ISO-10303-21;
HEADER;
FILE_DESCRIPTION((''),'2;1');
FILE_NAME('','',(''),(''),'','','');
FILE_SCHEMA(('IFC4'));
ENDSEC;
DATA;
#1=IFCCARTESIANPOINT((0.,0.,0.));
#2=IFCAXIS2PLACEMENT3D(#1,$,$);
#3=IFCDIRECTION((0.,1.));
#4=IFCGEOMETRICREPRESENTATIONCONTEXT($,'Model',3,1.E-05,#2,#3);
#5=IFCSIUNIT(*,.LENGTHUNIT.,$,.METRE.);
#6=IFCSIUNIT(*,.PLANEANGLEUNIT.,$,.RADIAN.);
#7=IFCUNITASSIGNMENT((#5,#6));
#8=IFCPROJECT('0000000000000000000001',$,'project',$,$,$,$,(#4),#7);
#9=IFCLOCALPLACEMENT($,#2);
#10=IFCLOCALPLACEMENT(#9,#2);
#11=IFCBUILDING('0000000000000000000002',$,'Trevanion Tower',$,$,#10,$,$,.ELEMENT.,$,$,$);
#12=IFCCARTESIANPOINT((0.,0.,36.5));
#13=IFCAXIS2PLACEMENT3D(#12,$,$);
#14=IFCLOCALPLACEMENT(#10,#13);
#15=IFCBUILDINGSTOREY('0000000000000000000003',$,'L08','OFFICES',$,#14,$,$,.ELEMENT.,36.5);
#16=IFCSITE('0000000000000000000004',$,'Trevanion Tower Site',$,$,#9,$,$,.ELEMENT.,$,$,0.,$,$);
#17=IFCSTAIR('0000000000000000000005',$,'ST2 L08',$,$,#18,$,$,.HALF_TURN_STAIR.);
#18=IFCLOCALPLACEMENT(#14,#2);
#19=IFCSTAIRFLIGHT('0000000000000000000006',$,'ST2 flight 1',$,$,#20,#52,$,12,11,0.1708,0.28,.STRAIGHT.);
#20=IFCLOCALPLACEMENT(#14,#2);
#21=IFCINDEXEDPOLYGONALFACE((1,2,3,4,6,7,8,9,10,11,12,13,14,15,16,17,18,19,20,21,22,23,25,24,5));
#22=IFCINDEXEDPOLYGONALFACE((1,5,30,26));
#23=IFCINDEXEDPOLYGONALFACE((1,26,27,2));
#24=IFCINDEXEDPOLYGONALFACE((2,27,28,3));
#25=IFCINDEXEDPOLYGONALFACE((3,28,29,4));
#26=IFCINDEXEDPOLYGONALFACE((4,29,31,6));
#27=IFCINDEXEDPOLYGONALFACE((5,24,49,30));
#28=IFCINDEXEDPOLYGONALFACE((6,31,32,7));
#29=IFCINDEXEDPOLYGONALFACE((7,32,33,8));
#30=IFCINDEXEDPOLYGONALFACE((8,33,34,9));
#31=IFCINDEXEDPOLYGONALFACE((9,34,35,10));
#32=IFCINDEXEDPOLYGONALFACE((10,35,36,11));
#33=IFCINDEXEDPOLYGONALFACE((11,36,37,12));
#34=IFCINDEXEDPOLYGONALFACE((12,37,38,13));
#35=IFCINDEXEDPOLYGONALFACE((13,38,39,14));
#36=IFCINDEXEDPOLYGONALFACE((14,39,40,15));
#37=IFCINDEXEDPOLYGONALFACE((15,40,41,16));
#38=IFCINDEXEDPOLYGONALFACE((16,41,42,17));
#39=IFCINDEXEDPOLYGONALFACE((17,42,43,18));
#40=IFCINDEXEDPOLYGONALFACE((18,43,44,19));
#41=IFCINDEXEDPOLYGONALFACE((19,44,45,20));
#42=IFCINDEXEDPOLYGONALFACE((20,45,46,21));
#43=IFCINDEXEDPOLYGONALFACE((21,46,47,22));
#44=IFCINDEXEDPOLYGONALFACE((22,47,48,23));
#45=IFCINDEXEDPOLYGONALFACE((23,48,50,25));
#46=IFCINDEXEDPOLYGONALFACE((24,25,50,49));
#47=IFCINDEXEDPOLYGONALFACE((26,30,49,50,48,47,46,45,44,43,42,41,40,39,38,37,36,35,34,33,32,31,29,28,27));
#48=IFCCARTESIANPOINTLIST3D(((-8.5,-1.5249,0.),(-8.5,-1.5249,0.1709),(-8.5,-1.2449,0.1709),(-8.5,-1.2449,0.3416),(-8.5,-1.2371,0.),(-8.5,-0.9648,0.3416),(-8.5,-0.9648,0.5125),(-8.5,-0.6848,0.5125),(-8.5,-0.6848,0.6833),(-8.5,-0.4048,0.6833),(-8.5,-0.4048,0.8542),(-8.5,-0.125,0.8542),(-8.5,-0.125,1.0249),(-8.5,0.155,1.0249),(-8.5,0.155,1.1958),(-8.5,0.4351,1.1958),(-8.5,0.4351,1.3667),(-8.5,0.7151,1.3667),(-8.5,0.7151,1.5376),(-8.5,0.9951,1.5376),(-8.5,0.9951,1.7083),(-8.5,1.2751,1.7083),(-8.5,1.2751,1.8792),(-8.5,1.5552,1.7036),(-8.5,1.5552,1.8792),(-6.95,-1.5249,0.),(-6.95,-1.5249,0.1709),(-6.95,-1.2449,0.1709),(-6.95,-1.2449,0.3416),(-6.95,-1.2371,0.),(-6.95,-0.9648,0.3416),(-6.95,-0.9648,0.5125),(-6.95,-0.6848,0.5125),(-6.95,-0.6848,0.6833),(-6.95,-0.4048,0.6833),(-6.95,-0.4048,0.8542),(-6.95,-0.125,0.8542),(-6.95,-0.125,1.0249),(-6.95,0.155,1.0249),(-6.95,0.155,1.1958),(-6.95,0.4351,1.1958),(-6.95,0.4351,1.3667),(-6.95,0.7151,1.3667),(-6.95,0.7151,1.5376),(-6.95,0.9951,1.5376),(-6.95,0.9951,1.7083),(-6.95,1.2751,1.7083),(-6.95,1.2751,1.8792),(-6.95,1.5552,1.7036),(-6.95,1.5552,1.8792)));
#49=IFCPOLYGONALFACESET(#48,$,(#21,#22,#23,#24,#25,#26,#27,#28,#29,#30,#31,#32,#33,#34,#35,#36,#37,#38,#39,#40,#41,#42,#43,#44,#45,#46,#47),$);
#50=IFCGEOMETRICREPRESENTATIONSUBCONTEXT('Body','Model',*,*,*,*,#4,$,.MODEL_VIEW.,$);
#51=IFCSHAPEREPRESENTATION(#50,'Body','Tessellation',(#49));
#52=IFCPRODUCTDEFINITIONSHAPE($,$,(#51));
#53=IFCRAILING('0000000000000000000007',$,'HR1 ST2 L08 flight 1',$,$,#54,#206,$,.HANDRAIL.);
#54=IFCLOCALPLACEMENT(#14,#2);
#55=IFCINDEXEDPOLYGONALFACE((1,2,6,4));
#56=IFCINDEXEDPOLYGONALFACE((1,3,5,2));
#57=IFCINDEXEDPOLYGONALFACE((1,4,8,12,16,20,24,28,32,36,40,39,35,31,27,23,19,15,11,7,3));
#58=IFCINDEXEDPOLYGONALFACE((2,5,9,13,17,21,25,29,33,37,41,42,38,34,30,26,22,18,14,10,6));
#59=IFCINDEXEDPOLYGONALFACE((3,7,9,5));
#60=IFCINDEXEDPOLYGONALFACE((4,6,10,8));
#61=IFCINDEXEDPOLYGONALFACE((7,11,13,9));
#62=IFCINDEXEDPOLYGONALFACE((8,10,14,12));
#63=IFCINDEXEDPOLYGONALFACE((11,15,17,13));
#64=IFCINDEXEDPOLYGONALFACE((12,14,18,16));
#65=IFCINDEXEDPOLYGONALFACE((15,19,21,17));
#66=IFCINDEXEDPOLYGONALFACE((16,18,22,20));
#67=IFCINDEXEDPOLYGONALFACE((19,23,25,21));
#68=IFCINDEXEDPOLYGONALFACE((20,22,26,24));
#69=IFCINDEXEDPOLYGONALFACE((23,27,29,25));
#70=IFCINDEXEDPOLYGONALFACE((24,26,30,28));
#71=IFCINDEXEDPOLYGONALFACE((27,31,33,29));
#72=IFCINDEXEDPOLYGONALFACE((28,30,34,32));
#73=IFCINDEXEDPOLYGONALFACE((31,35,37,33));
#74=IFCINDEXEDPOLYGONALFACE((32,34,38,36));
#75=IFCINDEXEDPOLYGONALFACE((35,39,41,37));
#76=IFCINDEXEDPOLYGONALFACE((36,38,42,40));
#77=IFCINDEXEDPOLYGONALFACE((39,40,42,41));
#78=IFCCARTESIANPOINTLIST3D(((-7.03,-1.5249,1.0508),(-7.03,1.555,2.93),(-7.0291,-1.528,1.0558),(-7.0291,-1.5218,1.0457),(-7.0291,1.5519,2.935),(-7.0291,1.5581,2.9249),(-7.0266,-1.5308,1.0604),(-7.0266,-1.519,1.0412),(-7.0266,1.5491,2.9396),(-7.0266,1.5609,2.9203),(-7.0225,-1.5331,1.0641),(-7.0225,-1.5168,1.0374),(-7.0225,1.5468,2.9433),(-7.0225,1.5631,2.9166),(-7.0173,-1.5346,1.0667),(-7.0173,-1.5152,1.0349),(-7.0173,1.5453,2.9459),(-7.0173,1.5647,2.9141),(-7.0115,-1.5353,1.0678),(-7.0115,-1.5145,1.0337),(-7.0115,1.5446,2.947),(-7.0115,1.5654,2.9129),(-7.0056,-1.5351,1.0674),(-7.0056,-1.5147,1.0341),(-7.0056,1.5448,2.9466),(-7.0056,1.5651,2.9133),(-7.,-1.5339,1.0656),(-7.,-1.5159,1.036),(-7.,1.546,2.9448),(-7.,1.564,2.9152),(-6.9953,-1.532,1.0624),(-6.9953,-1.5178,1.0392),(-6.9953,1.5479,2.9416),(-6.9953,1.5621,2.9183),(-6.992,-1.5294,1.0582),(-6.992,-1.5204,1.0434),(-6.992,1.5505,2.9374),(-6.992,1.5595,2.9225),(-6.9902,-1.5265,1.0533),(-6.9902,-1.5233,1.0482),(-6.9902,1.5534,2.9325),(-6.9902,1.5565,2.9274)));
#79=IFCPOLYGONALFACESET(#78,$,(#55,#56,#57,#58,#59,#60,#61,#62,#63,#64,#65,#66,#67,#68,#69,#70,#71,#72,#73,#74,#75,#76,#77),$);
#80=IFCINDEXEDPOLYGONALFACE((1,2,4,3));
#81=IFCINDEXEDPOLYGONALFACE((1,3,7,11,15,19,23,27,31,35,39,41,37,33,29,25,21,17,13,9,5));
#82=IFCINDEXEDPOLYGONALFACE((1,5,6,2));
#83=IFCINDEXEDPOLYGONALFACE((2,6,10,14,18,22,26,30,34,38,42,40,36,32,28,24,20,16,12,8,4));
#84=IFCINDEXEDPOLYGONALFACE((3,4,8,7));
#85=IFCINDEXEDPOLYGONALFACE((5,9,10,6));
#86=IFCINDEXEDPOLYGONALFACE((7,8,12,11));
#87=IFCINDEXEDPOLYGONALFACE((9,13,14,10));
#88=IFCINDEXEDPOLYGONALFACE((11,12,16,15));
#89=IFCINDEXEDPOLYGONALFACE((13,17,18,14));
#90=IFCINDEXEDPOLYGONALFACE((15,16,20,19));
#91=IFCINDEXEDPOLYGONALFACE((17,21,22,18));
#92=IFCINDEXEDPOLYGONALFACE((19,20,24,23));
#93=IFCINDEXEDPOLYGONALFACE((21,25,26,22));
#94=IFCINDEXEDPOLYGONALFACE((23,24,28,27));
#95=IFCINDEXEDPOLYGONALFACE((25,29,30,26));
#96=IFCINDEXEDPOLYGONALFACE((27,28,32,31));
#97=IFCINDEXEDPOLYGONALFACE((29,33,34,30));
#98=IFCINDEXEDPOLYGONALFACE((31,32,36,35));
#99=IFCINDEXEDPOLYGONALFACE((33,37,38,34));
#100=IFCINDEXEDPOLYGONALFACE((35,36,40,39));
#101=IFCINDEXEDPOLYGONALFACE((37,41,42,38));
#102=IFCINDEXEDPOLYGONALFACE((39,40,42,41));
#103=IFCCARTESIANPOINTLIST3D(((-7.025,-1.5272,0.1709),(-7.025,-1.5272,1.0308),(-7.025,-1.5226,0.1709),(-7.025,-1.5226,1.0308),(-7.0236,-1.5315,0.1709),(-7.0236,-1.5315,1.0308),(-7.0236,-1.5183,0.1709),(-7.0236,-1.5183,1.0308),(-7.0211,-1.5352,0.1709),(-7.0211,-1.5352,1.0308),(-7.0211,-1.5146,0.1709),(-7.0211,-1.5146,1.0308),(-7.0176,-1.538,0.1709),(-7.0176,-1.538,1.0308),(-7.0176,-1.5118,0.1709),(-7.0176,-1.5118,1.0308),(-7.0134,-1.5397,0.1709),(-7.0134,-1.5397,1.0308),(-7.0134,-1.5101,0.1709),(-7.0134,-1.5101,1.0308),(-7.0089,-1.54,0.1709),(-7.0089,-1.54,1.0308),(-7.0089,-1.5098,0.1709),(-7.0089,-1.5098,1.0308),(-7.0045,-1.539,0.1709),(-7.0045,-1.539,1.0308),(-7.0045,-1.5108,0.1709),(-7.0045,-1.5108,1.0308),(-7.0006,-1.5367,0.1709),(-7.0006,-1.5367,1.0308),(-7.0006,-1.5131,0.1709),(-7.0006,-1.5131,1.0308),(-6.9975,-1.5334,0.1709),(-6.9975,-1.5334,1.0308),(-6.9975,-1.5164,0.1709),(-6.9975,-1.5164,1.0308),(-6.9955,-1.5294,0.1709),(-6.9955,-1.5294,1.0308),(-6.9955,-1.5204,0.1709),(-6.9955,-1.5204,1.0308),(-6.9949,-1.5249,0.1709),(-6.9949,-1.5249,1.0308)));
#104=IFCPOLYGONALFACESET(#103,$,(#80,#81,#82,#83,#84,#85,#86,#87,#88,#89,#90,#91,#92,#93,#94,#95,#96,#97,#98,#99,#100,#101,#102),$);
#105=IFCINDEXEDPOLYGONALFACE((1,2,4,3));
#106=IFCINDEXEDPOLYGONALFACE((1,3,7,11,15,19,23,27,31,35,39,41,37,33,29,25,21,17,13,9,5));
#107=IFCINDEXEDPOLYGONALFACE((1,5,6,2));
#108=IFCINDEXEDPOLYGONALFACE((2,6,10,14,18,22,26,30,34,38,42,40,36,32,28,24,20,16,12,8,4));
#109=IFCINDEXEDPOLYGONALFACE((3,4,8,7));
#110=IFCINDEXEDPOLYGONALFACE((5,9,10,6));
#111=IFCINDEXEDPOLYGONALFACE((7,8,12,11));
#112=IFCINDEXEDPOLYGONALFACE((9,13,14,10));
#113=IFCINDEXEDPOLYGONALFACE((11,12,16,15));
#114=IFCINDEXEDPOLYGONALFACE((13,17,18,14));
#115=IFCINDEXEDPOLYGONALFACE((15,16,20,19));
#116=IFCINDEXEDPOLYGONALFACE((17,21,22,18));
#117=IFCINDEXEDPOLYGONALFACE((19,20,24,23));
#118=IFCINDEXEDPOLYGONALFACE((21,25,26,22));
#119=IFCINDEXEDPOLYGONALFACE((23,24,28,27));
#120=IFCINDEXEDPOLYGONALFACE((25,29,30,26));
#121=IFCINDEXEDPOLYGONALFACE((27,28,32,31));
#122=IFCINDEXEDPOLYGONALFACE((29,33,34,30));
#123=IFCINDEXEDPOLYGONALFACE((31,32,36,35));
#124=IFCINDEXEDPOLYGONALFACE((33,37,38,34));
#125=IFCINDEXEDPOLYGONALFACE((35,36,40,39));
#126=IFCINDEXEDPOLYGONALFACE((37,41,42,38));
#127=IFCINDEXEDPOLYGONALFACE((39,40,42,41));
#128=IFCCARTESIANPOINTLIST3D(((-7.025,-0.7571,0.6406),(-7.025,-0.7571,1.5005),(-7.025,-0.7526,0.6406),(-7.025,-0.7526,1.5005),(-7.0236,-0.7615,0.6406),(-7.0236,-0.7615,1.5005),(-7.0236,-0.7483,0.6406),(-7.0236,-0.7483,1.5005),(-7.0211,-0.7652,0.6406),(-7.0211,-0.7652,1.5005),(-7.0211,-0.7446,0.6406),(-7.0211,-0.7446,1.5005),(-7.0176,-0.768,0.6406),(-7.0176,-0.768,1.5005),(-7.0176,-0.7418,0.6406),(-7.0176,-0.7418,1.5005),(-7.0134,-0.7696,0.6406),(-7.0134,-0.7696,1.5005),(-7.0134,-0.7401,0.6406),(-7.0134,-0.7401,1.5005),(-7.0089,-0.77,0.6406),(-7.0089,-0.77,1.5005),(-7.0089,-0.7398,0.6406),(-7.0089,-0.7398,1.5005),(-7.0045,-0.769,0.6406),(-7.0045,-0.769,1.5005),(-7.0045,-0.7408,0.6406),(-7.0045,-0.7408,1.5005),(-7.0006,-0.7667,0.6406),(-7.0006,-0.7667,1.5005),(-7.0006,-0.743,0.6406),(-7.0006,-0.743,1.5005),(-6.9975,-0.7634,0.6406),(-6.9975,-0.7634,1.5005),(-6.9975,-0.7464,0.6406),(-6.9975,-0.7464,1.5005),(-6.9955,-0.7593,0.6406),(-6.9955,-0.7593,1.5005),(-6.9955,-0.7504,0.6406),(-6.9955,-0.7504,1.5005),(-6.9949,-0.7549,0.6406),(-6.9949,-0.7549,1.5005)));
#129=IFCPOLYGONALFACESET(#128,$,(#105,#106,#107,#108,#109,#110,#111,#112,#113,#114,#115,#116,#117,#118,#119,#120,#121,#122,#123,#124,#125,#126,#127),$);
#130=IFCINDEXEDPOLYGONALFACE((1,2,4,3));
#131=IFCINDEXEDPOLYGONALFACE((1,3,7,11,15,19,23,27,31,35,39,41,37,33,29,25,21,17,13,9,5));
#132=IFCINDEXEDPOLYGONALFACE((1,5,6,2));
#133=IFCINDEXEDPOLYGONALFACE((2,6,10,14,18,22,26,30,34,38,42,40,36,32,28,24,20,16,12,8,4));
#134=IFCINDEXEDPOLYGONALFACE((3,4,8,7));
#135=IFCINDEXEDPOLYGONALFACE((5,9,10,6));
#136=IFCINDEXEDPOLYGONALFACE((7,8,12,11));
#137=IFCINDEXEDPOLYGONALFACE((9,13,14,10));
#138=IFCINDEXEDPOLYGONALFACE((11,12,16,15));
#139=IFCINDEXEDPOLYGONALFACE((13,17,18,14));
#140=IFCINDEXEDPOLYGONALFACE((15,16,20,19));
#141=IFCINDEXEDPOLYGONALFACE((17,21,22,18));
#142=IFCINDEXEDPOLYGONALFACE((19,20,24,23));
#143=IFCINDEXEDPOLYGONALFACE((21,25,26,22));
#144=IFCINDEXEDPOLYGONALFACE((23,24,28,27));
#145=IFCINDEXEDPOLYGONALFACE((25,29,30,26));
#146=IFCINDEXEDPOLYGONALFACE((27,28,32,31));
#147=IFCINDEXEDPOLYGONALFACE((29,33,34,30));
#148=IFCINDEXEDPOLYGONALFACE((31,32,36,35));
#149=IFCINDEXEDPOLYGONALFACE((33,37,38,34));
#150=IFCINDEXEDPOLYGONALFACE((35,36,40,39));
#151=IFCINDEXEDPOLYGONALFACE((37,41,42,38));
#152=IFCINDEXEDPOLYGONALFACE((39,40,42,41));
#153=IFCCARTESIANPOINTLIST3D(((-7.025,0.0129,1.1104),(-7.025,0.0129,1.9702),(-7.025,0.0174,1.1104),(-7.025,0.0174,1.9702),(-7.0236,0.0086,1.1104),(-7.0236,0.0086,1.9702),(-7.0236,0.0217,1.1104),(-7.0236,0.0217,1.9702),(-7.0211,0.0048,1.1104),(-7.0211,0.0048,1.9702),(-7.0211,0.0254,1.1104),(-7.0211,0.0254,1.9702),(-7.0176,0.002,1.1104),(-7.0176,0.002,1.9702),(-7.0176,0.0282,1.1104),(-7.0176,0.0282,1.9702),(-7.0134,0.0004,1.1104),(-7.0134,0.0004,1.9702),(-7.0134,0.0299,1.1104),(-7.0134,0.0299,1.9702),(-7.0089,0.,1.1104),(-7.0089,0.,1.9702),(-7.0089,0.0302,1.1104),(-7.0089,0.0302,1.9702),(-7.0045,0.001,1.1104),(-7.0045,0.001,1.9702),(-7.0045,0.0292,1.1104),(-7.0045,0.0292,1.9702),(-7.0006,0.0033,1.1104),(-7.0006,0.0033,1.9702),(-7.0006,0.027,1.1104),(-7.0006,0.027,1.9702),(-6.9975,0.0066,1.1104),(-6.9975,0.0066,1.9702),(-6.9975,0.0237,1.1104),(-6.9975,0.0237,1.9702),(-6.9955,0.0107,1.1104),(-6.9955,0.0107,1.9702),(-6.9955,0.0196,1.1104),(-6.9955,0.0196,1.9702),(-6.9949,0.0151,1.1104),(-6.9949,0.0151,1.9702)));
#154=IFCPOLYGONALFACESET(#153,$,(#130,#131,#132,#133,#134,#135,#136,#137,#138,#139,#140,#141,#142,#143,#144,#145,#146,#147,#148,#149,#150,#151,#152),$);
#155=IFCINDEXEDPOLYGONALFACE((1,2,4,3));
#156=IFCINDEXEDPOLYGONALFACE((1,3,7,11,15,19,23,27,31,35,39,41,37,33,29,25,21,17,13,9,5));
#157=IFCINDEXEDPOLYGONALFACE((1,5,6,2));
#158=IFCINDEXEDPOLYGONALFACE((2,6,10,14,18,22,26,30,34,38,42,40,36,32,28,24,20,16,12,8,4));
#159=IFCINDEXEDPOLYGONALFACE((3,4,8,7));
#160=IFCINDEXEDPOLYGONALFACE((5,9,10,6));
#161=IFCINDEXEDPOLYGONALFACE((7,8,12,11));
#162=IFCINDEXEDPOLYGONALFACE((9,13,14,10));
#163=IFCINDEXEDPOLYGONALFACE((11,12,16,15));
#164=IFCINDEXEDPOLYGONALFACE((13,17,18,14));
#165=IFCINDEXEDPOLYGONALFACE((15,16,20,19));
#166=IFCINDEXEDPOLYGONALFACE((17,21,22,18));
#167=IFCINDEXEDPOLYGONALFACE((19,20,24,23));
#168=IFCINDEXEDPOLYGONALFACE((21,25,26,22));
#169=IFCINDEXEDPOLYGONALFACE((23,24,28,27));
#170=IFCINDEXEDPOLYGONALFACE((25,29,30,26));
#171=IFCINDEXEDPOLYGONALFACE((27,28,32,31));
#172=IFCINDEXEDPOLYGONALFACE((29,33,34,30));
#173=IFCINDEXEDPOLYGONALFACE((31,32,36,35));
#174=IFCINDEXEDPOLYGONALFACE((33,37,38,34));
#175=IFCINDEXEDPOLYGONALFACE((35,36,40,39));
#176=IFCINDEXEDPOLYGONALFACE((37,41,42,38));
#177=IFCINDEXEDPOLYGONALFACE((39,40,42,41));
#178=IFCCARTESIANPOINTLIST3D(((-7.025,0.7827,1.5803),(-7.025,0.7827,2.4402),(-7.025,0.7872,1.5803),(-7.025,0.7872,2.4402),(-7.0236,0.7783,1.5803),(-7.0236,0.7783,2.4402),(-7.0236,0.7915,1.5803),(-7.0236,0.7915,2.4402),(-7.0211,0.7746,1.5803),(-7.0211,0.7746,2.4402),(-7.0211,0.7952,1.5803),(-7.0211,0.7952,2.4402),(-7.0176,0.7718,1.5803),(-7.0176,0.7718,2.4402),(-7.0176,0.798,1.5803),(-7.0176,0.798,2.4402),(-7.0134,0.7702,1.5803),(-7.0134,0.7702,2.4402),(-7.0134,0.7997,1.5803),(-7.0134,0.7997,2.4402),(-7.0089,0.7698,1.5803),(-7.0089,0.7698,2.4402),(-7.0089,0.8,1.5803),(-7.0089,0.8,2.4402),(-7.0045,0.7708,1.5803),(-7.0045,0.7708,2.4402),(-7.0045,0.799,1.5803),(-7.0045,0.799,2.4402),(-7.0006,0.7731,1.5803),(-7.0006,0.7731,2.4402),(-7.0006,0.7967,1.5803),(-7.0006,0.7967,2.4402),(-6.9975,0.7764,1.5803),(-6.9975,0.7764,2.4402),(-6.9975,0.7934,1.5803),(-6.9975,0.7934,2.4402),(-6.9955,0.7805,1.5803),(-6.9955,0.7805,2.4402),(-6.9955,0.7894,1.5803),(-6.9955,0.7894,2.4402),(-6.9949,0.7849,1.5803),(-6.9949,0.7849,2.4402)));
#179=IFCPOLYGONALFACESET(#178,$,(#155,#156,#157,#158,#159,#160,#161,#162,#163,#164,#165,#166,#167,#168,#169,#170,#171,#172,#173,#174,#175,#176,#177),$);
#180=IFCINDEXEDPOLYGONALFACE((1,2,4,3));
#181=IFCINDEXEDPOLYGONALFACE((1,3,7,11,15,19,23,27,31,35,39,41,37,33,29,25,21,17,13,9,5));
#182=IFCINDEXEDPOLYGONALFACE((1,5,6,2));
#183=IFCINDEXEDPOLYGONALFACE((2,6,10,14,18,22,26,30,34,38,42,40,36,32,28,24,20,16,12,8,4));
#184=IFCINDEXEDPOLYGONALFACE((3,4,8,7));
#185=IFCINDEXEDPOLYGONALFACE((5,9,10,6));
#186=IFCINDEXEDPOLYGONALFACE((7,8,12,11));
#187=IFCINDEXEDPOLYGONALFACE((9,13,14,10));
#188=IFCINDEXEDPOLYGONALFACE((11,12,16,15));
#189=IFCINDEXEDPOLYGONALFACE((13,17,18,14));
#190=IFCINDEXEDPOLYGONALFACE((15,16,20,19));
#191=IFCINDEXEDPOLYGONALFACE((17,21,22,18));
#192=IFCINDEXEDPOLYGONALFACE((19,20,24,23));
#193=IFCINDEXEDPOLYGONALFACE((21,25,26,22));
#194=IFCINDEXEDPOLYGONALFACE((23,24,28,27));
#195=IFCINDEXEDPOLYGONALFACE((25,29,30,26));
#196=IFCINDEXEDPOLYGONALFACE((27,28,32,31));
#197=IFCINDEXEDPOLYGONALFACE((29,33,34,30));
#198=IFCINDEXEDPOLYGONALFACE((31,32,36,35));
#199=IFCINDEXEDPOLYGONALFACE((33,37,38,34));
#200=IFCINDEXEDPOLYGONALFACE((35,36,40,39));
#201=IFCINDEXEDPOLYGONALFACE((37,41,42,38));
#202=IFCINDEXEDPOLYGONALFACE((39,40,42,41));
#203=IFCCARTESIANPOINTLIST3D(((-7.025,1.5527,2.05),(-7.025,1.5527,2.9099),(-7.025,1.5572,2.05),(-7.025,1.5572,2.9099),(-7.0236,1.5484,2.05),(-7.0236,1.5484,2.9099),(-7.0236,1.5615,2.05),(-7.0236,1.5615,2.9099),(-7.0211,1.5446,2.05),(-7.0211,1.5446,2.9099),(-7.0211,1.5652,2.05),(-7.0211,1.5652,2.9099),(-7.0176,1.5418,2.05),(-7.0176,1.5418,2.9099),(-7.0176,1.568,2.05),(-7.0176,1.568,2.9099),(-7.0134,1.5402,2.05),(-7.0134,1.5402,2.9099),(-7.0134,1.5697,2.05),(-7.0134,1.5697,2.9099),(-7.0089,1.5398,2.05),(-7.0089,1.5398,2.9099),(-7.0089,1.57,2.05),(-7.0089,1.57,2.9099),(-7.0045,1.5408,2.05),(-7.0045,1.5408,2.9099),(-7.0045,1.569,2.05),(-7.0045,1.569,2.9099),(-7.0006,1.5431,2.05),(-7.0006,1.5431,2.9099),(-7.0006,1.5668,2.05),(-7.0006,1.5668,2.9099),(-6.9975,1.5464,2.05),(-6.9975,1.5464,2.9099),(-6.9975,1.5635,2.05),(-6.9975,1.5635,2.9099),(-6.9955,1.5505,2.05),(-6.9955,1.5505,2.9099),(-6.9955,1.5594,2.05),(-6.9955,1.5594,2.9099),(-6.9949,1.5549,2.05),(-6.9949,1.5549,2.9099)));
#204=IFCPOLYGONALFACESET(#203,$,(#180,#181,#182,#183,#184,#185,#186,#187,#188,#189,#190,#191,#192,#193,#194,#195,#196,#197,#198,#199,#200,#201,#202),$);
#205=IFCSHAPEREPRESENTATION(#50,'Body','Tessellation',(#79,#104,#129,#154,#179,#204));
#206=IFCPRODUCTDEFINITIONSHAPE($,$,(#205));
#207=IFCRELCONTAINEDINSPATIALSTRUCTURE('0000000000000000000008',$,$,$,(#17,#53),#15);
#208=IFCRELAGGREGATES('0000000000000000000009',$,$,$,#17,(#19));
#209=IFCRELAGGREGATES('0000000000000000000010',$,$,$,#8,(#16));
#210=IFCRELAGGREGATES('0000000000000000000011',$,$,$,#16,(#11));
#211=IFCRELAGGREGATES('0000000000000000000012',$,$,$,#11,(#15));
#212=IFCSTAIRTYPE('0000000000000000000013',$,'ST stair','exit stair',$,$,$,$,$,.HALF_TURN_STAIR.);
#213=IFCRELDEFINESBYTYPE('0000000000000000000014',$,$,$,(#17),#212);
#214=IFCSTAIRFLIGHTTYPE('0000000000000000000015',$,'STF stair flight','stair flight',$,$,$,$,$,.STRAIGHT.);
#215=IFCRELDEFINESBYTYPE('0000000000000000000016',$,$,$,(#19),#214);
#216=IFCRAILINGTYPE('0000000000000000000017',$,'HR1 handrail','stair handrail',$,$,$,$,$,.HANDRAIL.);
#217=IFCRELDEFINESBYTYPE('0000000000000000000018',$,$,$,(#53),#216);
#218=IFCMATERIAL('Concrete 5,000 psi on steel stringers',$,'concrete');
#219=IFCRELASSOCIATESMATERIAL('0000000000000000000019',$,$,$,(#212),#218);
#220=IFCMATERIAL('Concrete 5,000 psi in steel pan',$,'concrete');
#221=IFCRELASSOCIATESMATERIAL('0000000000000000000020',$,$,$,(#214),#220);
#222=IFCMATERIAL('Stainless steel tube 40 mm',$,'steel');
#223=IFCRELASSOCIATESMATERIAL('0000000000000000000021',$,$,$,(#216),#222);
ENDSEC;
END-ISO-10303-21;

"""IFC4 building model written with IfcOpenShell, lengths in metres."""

from ifc_helpers import new_model, si_unit, direction, frame, origin, origin_2d, place, context, subcontext, project, spatial, polyline, circle, outline, extrude, material, type_object, element, aggregate, save


model = new_model("IFC4")

# Units and contexts
model_context = context("Model", 3, precision=1e-05, world=origin(), true_north=direction((0.0, 1.0)))
body_context = subcontext(model_context, "Body", "Model", "MODEL_VIEW")
ifc_project = project(units=[si_unit("LENGTHUNIT", "METRE"), si_unit("PLANEANGLEUNIT", "RADIAN")], contexts=[model_context])

# Site, building, storey
site_placement = place(None, origin())
site = spatial("IfcSite", under=ifc_project, at=site_placement, Name="Trevanion Tower Site", CompositionType="ELEMENT", RefElevation=0.0)
building_placement = place(site_placement, origin())
building = spatial("IfcBuilding", under=site, at=building_placement, Name="Trevanion Tower", CompositionType="ELEMENT")
storey_placement = place(building_placement, frame((0.0, 0.0, 36.5)))
storey = spatial("IfcBuildingStorey", under=building, at=storey_placement, Name="L08", Description="OFFICES", CompositionType="ELEMENT", Elevation=36.5)

# Stair, stair flight
ifc_material_1 = material(Name="Concrete 5,000 psi on steel stringers", Category="concrete")
stair_type = type_object("IfcStairType", Name="ST stair", Description="exit stair", PredefinedType="HALF_TURN_STAIR", material=ifc_material_1)
stair_placement = place(storey_placement, origin())
stair = element("IfcStair", 1, at=stair_placement, inside=storey, type_object=stair_type, Name="ST2 L08", PredefinedType="HALF_TURN_STAIR")
ifc_material_2 = material(Name="Concrete 5,000 psi in steel pan", Category="concrete")
stair_flight_type = type_object("IfcStairFlightType", Name="STF stair flight", Description="stair flight", PredefinedType="STRAIGHT", material=ifc_material_2)
stair_flight_placement = place(storey_placement, frame((-7.7251, -1.5249, 0.0), z_axis=(0.0, 0.0, 1.0), x_axis=(0.0, 1.0, 0.0)))
stair_flight = element("IfcStairFlight", 2, at=stair_flight_placement, type_object=stair_flight_type, Name="ST2 flight 1", NumberOfRisers=12, NumberOfTreads=11, PredefinedType="STRAIGHT", RiserHeight=0.1708, TreadLength=0.28, context=body_context, shape_type="SweptSolid", body=[
    extrude(outline(polyline([(0.0, 0.0), (0.0, 0.1709), (0.28, 0.1709), (0.28, 0.3416), (0.5601, 0.3416), (0.5601, 0.5125), (0.8401, 0.5125), (0.8401, 0.6833), (1.1201, 0.6833), (1.1201, 0.8542), (1.3999, 0.8542), (1.3999, 1.0249), (1.6799, 1.0249), (1.6799, 1.1958), (1.96, 1.1958), (1.96, 1.3667), (2.24, 1.3667), (2.24, 1.5376), (2.52, 1.5376), (2.52, 1.7083), (2.8, 1.7083), (2.8, 1.8792), (3.0801, 1.8792), (3.0801, 2.05), (3.0801, 1.7036), (0.2878, 0.0), (0.0, 0.0)])), frame((0.0, 0.7749, 0.0), z_axis=(0.0, -1.0, 0.0), x_axis=(1.0, 0.0, 0.0)), (0.0, 0.0, 1.0), 1.55),
])
aggregate(stair, [stair_flight])

# Railing
ifc_material_3 = material(Name="Stainless steel tube 40 mm", Category="steel")
railing_type = type_object("IfcRailingType", Name="HR1 handrail", Description="stair handrail", PredefinedType="HANDRAIL", material=ifc_material_3)
for number, where, name in (
    (3, (-7.01, -1.5249, 0.1709), "HR1 ST2 L08 flight 1"),
):
    element("IfcRailing", number, at=place(storey_placement, frame(where)), inside=storey, type_object=railing_type, Name=name, PredefinedType="HANDRAIL", context=body_context, shape_type="SweptSolid", body=[
        extrude(circle(Radius=0.02, at=origin_2d()), frame((0.0, 0.0, 0.8799), z_axis=(0.0, 0.853648, 0.52085), x_axis=(-1.0, 0.0, 0.0)), (0.0, 0.0, 1.0), 3.6079),
        extrude(circle(Radius=0.0151, at=origin_2d()), origin(), (0.0, 0.0, 1.0), 0.8599),
        extrude(circle(Radius=0.0151, at=origin_2d()), frame((0.0, 0.77, 0.4697)), (0.0, 0.0, 1.0), 0.8599),
        extrude(circle(Radius=0.0151, at=origin_2d()), frame((0.0, 1.54, 0.9395)), (0.0, 0.0, 1.0), 0.8599),
        extrude(circle(Radius=0.0151, at=origin_2d()), frame((0.0, 2.3098, 1.4094)), (0.0, 0.0, 1.0), 0.8599),
        extrude(circle(Radius=0.0151, at=origin_2d()), frame((0.0, 3.0798, 1.8792)), (0.0, 0.0, 1.0), 0.8599),
    ])

save(model, "model.ifc")
